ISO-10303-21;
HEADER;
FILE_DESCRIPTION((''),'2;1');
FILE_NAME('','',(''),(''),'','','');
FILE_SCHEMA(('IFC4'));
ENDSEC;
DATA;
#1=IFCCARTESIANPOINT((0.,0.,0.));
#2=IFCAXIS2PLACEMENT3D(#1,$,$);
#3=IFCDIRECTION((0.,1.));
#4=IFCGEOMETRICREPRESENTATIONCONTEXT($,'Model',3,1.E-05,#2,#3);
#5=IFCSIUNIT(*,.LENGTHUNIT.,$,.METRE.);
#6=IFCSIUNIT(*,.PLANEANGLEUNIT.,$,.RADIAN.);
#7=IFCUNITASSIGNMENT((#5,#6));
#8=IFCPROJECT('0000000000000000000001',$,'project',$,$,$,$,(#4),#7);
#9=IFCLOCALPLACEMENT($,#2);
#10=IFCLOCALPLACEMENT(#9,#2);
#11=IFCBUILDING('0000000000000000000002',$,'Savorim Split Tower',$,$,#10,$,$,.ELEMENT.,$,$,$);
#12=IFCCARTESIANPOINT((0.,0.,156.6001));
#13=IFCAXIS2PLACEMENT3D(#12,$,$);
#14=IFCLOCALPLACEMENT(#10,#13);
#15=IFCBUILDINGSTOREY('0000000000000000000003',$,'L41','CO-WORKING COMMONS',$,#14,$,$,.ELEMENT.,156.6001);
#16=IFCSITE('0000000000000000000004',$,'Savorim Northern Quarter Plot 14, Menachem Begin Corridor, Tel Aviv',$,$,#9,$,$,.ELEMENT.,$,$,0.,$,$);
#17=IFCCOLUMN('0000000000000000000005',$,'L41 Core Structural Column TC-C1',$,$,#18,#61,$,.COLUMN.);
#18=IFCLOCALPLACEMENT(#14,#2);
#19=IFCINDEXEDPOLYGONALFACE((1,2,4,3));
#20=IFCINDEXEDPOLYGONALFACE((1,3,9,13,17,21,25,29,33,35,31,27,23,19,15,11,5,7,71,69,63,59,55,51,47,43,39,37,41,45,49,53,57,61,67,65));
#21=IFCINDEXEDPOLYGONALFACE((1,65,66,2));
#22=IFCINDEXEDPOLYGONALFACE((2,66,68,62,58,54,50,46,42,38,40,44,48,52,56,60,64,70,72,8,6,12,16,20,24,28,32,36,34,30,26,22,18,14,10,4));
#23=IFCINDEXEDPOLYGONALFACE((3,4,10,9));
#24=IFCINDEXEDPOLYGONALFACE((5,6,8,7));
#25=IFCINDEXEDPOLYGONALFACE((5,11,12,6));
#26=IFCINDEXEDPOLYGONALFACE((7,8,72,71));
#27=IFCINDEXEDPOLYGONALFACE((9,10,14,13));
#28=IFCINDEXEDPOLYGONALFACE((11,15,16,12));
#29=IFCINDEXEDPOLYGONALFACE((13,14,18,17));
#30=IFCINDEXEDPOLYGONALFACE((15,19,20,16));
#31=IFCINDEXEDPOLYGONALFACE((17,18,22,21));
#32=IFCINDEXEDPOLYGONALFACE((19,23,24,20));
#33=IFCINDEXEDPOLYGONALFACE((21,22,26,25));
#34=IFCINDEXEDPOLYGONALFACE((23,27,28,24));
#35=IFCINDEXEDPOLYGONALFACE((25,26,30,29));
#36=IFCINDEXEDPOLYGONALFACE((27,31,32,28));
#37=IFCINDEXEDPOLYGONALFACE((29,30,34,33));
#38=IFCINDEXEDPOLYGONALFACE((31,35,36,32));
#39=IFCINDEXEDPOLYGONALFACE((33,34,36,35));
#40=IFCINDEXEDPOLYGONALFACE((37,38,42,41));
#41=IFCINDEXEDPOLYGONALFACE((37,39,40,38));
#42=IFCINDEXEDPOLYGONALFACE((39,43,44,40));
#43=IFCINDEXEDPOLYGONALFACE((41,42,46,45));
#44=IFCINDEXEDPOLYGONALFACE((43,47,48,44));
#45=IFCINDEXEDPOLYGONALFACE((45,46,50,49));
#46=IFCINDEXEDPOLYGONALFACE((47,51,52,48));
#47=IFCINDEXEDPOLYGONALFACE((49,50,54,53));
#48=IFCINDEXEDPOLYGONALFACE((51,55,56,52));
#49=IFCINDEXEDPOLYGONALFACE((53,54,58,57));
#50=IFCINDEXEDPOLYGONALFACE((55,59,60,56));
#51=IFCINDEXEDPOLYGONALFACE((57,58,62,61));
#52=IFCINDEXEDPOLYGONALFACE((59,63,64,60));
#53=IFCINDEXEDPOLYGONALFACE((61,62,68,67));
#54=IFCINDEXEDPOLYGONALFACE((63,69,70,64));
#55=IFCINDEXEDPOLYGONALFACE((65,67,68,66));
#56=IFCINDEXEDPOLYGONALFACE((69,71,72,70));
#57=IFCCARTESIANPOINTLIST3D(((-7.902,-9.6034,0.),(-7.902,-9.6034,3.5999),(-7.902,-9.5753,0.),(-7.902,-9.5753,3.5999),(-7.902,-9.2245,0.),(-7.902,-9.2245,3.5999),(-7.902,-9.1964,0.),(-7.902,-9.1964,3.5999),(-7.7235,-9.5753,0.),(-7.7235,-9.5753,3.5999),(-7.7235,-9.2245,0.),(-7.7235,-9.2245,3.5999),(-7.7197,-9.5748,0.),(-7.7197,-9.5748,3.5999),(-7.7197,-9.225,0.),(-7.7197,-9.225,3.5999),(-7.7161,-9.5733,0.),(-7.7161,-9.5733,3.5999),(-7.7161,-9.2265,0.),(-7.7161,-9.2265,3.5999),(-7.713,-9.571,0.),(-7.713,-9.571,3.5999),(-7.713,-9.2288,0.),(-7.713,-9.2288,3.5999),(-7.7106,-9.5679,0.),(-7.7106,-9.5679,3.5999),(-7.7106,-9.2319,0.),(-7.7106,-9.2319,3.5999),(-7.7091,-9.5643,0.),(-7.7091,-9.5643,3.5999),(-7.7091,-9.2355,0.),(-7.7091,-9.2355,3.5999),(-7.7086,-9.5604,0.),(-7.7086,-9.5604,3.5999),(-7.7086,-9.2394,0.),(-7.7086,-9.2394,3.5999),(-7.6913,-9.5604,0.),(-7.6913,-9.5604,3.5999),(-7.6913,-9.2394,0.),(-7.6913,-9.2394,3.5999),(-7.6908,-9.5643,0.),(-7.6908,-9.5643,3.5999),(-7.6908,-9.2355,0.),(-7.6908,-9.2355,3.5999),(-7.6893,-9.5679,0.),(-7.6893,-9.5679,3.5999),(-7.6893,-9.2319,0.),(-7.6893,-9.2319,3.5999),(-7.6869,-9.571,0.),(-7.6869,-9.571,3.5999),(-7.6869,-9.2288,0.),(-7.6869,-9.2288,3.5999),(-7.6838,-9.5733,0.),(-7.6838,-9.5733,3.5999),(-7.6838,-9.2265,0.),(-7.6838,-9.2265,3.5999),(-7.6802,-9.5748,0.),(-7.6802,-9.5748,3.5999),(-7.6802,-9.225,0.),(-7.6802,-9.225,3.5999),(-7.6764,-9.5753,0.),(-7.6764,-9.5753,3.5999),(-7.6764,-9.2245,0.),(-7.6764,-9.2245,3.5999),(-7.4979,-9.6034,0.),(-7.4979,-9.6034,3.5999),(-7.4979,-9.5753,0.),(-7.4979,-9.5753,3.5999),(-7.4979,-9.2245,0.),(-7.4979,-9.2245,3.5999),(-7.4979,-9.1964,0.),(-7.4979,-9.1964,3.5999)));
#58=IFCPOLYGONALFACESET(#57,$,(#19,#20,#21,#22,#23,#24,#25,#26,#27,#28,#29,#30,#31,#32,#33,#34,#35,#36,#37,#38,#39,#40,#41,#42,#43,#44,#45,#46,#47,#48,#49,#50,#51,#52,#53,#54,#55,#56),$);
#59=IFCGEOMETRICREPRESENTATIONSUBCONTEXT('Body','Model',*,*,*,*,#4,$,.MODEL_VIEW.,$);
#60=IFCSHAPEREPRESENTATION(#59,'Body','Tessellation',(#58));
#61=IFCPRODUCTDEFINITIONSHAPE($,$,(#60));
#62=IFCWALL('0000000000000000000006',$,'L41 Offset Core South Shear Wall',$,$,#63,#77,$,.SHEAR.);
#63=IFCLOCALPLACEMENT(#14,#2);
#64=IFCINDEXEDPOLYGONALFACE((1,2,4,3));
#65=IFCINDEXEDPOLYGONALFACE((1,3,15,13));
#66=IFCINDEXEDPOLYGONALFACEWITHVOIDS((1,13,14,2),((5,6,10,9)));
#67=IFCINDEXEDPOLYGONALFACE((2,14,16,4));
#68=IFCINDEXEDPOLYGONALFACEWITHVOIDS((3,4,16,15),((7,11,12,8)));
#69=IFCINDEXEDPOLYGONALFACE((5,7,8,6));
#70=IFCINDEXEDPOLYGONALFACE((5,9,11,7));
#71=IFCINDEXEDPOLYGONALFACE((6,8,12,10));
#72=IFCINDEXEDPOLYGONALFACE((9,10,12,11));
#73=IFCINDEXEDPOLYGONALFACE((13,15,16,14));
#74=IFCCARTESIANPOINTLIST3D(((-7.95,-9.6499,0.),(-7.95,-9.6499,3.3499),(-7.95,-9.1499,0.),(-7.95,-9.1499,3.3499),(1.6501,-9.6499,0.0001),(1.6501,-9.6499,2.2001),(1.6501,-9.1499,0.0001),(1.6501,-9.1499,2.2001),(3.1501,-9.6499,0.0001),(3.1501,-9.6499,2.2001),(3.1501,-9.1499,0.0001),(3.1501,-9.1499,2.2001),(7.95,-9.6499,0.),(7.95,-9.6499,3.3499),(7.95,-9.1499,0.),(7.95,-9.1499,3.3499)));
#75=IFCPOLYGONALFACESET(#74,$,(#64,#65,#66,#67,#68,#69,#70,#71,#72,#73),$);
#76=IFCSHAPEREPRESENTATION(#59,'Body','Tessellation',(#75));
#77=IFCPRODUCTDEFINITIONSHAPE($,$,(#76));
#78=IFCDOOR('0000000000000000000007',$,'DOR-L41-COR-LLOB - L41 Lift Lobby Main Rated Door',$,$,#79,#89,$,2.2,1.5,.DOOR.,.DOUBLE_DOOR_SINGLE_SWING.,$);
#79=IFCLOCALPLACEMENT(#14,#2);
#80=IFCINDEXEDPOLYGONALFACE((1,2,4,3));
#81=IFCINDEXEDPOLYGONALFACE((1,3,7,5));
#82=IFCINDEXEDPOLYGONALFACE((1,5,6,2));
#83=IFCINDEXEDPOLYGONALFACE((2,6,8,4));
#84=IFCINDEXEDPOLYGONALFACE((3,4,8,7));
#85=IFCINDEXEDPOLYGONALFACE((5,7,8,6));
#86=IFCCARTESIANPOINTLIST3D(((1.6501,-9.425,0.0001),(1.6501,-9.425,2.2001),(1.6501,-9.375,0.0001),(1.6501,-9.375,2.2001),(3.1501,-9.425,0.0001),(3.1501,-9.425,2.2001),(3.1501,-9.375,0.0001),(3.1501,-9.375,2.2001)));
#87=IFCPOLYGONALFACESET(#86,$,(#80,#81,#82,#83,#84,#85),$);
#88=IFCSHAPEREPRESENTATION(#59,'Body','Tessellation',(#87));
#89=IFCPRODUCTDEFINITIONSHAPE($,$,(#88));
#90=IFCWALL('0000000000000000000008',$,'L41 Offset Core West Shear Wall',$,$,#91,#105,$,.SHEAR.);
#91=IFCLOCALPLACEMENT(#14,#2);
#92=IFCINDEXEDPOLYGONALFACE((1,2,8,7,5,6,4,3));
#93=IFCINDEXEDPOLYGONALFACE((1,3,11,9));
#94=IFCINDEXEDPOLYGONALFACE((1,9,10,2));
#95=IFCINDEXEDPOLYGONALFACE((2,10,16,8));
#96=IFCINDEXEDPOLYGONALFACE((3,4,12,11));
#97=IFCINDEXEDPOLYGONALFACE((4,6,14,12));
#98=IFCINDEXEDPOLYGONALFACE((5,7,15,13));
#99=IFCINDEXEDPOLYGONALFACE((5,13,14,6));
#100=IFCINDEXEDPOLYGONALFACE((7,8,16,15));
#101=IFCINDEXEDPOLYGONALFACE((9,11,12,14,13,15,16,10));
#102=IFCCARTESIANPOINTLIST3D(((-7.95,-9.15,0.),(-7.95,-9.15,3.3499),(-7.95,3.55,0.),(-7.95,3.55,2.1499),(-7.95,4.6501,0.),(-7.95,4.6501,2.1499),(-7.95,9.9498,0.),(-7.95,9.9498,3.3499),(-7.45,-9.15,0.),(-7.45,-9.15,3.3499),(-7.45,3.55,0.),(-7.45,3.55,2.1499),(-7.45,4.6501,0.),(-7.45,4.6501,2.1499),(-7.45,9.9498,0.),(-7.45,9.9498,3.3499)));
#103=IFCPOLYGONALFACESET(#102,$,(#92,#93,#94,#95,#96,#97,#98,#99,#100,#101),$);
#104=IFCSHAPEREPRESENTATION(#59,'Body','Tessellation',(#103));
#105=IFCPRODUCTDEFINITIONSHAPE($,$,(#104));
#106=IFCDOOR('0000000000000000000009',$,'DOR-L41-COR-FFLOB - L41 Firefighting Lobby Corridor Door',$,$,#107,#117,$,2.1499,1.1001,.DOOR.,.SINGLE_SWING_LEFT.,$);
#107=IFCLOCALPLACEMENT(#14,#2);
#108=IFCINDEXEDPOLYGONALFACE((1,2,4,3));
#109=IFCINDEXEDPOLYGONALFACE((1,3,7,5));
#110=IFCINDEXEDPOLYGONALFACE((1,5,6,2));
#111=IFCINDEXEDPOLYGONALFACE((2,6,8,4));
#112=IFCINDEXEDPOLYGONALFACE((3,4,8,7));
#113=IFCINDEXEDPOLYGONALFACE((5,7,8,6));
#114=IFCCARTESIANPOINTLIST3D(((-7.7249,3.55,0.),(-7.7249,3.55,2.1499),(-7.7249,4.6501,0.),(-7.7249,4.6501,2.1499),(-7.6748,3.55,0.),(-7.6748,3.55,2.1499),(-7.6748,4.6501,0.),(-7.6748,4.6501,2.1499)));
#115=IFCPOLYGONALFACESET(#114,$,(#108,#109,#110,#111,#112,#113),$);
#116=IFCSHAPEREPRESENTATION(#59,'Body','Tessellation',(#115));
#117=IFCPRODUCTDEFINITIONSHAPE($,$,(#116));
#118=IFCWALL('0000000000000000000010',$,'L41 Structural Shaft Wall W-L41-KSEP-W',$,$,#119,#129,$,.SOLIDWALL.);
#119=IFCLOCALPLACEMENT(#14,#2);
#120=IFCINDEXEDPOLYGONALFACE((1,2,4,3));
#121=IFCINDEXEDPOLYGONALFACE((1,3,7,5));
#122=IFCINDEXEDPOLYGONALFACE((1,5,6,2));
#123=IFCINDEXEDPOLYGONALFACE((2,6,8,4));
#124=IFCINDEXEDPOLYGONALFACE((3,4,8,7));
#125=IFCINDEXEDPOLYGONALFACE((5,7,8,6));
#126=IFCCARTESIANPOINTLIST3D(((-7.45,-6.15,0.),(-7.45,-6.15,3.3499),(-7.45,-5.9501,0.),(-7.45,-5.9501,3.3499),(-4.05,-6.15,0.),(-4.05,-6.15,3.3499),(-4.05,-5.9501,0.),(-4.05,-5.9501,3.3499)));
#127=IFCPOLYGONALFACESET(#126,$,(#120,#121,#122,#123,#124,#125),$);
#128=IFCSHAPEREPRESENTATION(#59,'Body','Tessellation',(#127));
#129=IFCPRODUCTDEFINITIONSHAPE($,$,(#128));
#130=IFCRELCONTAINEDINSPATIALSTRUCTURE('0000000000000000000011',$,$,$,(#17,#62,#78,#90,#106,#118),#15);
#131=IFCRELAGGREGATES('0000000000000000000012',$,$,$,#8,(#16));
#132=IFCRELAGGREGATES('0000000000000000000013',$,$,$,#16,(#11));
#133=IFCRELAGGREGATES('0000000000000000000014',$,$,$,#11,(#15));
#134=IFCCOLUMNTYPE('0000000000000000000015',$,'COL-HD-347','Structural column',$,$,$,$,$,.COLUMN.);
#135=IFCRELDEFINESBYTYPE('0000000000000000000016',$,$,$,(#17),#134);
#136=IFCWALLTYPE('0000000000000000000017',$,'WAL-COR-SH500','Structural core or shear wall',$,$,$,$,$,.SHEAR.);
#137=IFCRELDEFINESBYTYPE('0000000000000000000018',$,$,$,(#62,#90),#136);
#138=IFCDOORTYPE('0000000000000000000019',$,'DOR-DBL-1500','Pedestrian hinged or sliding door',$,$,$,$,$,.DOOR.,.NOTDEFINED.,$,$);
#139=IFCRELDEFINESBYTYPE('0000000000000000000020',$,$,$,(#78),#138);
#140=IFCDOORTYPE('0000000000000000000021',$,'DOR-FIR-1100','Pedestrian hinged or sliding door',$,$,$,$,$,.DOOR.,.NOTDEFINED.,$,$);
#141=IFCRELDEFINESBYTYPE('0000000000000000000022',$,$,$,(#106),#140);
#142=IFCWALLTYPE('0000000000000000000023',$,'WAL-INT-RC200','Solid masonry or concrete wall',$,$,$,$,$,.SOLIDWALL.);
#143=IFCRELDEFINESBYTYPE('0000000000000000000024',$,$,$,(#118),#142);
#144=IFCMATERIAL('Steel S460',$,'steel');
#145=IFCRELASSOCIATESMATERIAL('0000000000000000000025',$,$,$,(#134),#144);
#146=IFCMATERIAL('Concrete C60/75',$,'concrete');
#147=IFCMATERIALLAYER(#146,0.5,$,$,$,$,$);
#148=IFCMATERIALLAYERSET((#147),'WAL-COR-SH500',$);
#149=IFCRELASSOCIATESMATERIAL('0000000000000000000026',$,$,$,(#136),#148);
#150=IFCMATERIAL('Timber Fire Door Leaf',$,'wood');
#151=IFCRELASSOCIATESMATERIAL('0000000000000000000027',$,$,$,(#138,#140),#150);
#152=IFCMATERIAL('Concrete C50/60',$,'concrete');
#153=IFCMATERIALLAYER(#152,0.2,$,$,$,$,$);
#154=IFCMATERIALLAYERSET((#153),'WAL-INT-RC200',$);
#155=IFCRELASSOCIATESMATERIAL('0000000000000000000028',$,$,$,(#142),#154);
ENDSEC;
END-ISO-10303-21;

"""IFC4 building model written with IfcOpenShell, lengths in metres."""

from ifc_helpers import new_model, si_unit, direction, frame, frame_2d, origin, origin_2d, place, context, subcontext, project, spatial, rectangle, i_section, extrude, material, layer, layer_set, material_profile, profile_set, type_object, element, fill, save


model = new_model("IFC4")

# Units and contexts
model_context = context("Model", 3, precision=1e-05, world=origin(), true_north=direction((0.0, 1.0)))
body_context = subcontext(model_context, "Body", "Model", "MODEL_VIEW")
ifc_project = project(units=[si_unit("LENGTHUNIT", "METRE"), si_unit("PLANEANGLEUNIT", "RADIAN")], contexts=[model_context])

# Site, building, storey
site_placement = place(None, origin())
site = spatial("IfcSite", under=ifc_project, at=site_placement, Name="Savorim Northern Quarter Plot 14, Menachem Begin Corridor, Tel Aviv", CompositionType="ELEMENT", RefElevation=0.0)
building_placement = place(site_placement, origin())
building = spatial("IfcBuilding", under=site, at=building_placement, Name="Savorim Split Tower", CompositionType="ELEMENT")
storey_placement = place(building_placement, frame((0.0, 0.0, 156.6001)))
storey = spatial("IfcBuildingStorey", under=building, at=storey_placement, Name="L41", Description="CO-WORKING COMMONS", CompositionType="ELEMENT", Elevation=156.6001)

# Column
ifc_material_1 = material(Name="Steel S460", Category="steel")
ifc_material_profile = material_profile(ifc_material_1, i_section(OverallWidth=0.4041, OverallDepth=0.407, WebThickness=0.0173, FlangeThickness=0.0281, FilletRadius=0.0149, at=origin_2d()), Name="HD 400x347")
ifc_profile_set = profile_set([ifc_material_profile], Name="Steel S460")
column_type = type_object("IfcColumnType", Name="COL-HD-347", Description="Structural column", PredefinedType="COLUMN", material=ifc_profile_set)
column_placement = place(storey_placement, frame((-7.7, -9.3999, 0.0), z_axis=(0.0, 0.0, 1.0), x_axis=(1.0, 0.0, 0.0)))
element("IfcColumn", 1, at=column_placement, inside=storey, type_object=column_type, Name="L41 Core Structural Column TC-C1", PredefinedType="COLUMN", context=body_context, shape_type="SweptSolid", body=[
    extrude(i_section(OverallWidth=0.4041, OverallDepth=0.407, WebThickness=0.0173, FlangeThickness=0.0281, FilletRadius=0.0149, at=origin_2d()), origin(), (0.0, 0.0, 1.0), 3.5999),
])

# Walls, openings, doors
ifc_material_2 = material(Name="Concrete C60/75", Category="concrete")
ifc_layer_1 = layer(ifc_material_2, 0.5)
ifc_layer_set_1 = layer_set([ifc_layer_1], Name="WAL-COR-SH500")
wall_type_1 = type_object("IfcWallType", Name="WAL-COR-SH500", Description="Structural core or shear wall", PredefinedType="SHEAR", material=ifc_layer_set_1)
wall_1_placement = place(storey_placement, frame((-7.95, -9.3999, 0.0), z_axis=(0.0, 0.0, 1.0), x_axis=(1.0, 0.0, 0.0)))
wall_1 = element("IfcWall", 2, at=wall_1_placement, inside=storey, type_object=wall_type_1, Name="L41 Offset Core South Shear Wall", PredefinedType="SHEAR", context=body_context, shape_type="SweptSolid", body=[
    extrude(rectangle(XDim=15.8999, YDim=0.5, at=frame_2d((7.95, 0.0))), origin(), (0.0, 0.0, 1.0), 3.3499),
])
opening_1_placement = place(wall_1_placement, frame((9.6001, 0.0, 0.0)))
opening_1 = element("IfcOpeningElement", 3, at=opening_1_placement, cuts=wall_1, PredefinedType="OPENING", context=body_context, shape_type="SweptSolid", body=[
    extrude(rectangle(XDim=1.5, YDim=2.2, at=frame_2d((0.75, 1.1001))), frame((0.0, 0.26, 0.0), z_axis=(0.0, -1.0, 0.0), x_axis=(1.0, 0.0, 0.0)), (0.0, 0.0, 1.0), 0.52),
])
ifc_material_3 = material(Name="Timber Fire Door Leaf", Category="wood")
door_type_1 = type_object("IfcDoorType", Name="DOR-DBL-1500", Description="Pedestrian hinged or sliding door", OperationType="NOTDEFINED", PredefinedType="DOOR", material=ifc_material_3)
door_1_placement = place(opening_1_placement, origin())
door_1 = element("IfcDoor", 4, at=door_1_placement, inside=storey, type_object=door_type_1, Name="DOR-L41-COR-LLOB - L41 Lift Lobby Main Rated Door", OperationType="DOUBLE_DOOR_SINGLE_SWING", OverallHeight=2.2, OverallWidth=1.5, PredefinedType="DOOR", context=body_context, shape_type="SweptSolid", body=[
    extrude(rectangle(XDim=1.5, YDim=2.2, at=frame_2d((0.75, 1.1001))), frame((0.0, 0.0249, 0.0), z_axis=(0.0, -1.0, 0.0), x_axis=(1.0, 0.0, 0.0)), (0.0, 0.0, 1.0), 0.05),
])
fill(opening_1, door_1)
wall_2_placement = place(storey_placement, frame((-7.7, -9.1499, 0.0), z_axis=(0.0, 0.0, 1.0), x_axis=(0.0, 1.0, 0.0)))
wall_2 = element("IfcWall", 5, at=wall_2_placement, inside=storey, type_object=wall_type_1, Name="L41 Offset Core West Shear Wall", PredefinedType="SHEAR", context=body_context, shape_type="SweptSolid", body=[
    extrude(rectangle(XDim=19.0999, YDim=0.5, at=frame_2d((9.5498, 0.0))), origin(), (0.0, 0.0, 1.0), 3.3499),
])
opening_2_placement = place(wall_2_placement, frame((12.7, 0.0, 0.0)))
opening_2 = element("IfcOpeningElement", 6, at=opening_2_placement, cuts=wall_2, PredefinedType="OPENING", context=body_context, shape_type="SweptSolid", body=[
    extrude(rectangle(XDim=1.1001, YDim=2.1499, at=frame_2d((0.55, 1.075))), frame((0.0, 0.26, 0.0), z_axis=(0.0, -1.0, 0.0), x_axis=(1.0, 0.0, 0.0)), (0.0, 0.0, 1.0), 0.52),
])
door_type_2 = type_object("IfcDoorType", Name="DOR-FIR-1100", Description="Pedestrian hinged or sliding door", OperationType="NOTDEFINED", PredefinedType="DOOR", material=ifc_material_3)
door_2_placement = place(opening_2_placement, origin())
door_2 = element("IfcDoor", 7, at=door_2_placement, inside=storey, type_object=door_type_2, Name="DOR-L41-COR-FFLOB - L41 Firefighting Lobby Corridor Door", OperationType="SINGLE_SWING_LEFT", OverallHeight=2.1499, OverallWidth=1.1001, PredefinedType="DOOR", context=body_context, shape_type="SweptSolid", body=[
    extrude(rectangle(XDim=1.1001, YDim=2.1499, at=frame_2d((0.55, 1.075))), frame((0.0, 0.0249, 0.0), z_axis=(0.0, -1.0, 0.0), x_axis=(1.0, 0.0, 0.0)), (0.0, 0.0, 1.0), 0.05),
])
fill(opening_2, door_2)

# Wall
ifc_material_4 = material(Name="Concrete C50/60", Category="concrete")
ifc_layer_2 = layer(ifc_material_4, 0.2)
ifc_layer_set_2 = layer_set([ifc_layer_2], Name="WAL-INT-RC200")
wall_type_2 = type_object("IfcWallType", Name="WAL-INT-RC200", Description="Solid masonry or concrete wall", PredefinedType="SOLIDWALL", material=ifc_layer_set_2)
wall_3_placement = place(storey_placement, frame((-7.45, -6.05, 0.0), z_axis=(0.0, 0.0, 1.0), x_axis=(1.0, 0.0, 0.0)))
element("IfcWall", 8, at=wall_3_placement, inside=storey, type_object=wall_type_2, Name="L41 Structural Shaft Wall W-L41-KSEP-W", PredefinedType="SOLIDWALL", context=body_context, shape_type="SweptSolid", body=[
    extrude(rectangle(XDim=3.3999, YDim=0.2, at=frame_2d((1.7, 0.0))), origin(), (0.0, 0.0, 1.0), 3.3499),
])

save(model, "model.ifc")
